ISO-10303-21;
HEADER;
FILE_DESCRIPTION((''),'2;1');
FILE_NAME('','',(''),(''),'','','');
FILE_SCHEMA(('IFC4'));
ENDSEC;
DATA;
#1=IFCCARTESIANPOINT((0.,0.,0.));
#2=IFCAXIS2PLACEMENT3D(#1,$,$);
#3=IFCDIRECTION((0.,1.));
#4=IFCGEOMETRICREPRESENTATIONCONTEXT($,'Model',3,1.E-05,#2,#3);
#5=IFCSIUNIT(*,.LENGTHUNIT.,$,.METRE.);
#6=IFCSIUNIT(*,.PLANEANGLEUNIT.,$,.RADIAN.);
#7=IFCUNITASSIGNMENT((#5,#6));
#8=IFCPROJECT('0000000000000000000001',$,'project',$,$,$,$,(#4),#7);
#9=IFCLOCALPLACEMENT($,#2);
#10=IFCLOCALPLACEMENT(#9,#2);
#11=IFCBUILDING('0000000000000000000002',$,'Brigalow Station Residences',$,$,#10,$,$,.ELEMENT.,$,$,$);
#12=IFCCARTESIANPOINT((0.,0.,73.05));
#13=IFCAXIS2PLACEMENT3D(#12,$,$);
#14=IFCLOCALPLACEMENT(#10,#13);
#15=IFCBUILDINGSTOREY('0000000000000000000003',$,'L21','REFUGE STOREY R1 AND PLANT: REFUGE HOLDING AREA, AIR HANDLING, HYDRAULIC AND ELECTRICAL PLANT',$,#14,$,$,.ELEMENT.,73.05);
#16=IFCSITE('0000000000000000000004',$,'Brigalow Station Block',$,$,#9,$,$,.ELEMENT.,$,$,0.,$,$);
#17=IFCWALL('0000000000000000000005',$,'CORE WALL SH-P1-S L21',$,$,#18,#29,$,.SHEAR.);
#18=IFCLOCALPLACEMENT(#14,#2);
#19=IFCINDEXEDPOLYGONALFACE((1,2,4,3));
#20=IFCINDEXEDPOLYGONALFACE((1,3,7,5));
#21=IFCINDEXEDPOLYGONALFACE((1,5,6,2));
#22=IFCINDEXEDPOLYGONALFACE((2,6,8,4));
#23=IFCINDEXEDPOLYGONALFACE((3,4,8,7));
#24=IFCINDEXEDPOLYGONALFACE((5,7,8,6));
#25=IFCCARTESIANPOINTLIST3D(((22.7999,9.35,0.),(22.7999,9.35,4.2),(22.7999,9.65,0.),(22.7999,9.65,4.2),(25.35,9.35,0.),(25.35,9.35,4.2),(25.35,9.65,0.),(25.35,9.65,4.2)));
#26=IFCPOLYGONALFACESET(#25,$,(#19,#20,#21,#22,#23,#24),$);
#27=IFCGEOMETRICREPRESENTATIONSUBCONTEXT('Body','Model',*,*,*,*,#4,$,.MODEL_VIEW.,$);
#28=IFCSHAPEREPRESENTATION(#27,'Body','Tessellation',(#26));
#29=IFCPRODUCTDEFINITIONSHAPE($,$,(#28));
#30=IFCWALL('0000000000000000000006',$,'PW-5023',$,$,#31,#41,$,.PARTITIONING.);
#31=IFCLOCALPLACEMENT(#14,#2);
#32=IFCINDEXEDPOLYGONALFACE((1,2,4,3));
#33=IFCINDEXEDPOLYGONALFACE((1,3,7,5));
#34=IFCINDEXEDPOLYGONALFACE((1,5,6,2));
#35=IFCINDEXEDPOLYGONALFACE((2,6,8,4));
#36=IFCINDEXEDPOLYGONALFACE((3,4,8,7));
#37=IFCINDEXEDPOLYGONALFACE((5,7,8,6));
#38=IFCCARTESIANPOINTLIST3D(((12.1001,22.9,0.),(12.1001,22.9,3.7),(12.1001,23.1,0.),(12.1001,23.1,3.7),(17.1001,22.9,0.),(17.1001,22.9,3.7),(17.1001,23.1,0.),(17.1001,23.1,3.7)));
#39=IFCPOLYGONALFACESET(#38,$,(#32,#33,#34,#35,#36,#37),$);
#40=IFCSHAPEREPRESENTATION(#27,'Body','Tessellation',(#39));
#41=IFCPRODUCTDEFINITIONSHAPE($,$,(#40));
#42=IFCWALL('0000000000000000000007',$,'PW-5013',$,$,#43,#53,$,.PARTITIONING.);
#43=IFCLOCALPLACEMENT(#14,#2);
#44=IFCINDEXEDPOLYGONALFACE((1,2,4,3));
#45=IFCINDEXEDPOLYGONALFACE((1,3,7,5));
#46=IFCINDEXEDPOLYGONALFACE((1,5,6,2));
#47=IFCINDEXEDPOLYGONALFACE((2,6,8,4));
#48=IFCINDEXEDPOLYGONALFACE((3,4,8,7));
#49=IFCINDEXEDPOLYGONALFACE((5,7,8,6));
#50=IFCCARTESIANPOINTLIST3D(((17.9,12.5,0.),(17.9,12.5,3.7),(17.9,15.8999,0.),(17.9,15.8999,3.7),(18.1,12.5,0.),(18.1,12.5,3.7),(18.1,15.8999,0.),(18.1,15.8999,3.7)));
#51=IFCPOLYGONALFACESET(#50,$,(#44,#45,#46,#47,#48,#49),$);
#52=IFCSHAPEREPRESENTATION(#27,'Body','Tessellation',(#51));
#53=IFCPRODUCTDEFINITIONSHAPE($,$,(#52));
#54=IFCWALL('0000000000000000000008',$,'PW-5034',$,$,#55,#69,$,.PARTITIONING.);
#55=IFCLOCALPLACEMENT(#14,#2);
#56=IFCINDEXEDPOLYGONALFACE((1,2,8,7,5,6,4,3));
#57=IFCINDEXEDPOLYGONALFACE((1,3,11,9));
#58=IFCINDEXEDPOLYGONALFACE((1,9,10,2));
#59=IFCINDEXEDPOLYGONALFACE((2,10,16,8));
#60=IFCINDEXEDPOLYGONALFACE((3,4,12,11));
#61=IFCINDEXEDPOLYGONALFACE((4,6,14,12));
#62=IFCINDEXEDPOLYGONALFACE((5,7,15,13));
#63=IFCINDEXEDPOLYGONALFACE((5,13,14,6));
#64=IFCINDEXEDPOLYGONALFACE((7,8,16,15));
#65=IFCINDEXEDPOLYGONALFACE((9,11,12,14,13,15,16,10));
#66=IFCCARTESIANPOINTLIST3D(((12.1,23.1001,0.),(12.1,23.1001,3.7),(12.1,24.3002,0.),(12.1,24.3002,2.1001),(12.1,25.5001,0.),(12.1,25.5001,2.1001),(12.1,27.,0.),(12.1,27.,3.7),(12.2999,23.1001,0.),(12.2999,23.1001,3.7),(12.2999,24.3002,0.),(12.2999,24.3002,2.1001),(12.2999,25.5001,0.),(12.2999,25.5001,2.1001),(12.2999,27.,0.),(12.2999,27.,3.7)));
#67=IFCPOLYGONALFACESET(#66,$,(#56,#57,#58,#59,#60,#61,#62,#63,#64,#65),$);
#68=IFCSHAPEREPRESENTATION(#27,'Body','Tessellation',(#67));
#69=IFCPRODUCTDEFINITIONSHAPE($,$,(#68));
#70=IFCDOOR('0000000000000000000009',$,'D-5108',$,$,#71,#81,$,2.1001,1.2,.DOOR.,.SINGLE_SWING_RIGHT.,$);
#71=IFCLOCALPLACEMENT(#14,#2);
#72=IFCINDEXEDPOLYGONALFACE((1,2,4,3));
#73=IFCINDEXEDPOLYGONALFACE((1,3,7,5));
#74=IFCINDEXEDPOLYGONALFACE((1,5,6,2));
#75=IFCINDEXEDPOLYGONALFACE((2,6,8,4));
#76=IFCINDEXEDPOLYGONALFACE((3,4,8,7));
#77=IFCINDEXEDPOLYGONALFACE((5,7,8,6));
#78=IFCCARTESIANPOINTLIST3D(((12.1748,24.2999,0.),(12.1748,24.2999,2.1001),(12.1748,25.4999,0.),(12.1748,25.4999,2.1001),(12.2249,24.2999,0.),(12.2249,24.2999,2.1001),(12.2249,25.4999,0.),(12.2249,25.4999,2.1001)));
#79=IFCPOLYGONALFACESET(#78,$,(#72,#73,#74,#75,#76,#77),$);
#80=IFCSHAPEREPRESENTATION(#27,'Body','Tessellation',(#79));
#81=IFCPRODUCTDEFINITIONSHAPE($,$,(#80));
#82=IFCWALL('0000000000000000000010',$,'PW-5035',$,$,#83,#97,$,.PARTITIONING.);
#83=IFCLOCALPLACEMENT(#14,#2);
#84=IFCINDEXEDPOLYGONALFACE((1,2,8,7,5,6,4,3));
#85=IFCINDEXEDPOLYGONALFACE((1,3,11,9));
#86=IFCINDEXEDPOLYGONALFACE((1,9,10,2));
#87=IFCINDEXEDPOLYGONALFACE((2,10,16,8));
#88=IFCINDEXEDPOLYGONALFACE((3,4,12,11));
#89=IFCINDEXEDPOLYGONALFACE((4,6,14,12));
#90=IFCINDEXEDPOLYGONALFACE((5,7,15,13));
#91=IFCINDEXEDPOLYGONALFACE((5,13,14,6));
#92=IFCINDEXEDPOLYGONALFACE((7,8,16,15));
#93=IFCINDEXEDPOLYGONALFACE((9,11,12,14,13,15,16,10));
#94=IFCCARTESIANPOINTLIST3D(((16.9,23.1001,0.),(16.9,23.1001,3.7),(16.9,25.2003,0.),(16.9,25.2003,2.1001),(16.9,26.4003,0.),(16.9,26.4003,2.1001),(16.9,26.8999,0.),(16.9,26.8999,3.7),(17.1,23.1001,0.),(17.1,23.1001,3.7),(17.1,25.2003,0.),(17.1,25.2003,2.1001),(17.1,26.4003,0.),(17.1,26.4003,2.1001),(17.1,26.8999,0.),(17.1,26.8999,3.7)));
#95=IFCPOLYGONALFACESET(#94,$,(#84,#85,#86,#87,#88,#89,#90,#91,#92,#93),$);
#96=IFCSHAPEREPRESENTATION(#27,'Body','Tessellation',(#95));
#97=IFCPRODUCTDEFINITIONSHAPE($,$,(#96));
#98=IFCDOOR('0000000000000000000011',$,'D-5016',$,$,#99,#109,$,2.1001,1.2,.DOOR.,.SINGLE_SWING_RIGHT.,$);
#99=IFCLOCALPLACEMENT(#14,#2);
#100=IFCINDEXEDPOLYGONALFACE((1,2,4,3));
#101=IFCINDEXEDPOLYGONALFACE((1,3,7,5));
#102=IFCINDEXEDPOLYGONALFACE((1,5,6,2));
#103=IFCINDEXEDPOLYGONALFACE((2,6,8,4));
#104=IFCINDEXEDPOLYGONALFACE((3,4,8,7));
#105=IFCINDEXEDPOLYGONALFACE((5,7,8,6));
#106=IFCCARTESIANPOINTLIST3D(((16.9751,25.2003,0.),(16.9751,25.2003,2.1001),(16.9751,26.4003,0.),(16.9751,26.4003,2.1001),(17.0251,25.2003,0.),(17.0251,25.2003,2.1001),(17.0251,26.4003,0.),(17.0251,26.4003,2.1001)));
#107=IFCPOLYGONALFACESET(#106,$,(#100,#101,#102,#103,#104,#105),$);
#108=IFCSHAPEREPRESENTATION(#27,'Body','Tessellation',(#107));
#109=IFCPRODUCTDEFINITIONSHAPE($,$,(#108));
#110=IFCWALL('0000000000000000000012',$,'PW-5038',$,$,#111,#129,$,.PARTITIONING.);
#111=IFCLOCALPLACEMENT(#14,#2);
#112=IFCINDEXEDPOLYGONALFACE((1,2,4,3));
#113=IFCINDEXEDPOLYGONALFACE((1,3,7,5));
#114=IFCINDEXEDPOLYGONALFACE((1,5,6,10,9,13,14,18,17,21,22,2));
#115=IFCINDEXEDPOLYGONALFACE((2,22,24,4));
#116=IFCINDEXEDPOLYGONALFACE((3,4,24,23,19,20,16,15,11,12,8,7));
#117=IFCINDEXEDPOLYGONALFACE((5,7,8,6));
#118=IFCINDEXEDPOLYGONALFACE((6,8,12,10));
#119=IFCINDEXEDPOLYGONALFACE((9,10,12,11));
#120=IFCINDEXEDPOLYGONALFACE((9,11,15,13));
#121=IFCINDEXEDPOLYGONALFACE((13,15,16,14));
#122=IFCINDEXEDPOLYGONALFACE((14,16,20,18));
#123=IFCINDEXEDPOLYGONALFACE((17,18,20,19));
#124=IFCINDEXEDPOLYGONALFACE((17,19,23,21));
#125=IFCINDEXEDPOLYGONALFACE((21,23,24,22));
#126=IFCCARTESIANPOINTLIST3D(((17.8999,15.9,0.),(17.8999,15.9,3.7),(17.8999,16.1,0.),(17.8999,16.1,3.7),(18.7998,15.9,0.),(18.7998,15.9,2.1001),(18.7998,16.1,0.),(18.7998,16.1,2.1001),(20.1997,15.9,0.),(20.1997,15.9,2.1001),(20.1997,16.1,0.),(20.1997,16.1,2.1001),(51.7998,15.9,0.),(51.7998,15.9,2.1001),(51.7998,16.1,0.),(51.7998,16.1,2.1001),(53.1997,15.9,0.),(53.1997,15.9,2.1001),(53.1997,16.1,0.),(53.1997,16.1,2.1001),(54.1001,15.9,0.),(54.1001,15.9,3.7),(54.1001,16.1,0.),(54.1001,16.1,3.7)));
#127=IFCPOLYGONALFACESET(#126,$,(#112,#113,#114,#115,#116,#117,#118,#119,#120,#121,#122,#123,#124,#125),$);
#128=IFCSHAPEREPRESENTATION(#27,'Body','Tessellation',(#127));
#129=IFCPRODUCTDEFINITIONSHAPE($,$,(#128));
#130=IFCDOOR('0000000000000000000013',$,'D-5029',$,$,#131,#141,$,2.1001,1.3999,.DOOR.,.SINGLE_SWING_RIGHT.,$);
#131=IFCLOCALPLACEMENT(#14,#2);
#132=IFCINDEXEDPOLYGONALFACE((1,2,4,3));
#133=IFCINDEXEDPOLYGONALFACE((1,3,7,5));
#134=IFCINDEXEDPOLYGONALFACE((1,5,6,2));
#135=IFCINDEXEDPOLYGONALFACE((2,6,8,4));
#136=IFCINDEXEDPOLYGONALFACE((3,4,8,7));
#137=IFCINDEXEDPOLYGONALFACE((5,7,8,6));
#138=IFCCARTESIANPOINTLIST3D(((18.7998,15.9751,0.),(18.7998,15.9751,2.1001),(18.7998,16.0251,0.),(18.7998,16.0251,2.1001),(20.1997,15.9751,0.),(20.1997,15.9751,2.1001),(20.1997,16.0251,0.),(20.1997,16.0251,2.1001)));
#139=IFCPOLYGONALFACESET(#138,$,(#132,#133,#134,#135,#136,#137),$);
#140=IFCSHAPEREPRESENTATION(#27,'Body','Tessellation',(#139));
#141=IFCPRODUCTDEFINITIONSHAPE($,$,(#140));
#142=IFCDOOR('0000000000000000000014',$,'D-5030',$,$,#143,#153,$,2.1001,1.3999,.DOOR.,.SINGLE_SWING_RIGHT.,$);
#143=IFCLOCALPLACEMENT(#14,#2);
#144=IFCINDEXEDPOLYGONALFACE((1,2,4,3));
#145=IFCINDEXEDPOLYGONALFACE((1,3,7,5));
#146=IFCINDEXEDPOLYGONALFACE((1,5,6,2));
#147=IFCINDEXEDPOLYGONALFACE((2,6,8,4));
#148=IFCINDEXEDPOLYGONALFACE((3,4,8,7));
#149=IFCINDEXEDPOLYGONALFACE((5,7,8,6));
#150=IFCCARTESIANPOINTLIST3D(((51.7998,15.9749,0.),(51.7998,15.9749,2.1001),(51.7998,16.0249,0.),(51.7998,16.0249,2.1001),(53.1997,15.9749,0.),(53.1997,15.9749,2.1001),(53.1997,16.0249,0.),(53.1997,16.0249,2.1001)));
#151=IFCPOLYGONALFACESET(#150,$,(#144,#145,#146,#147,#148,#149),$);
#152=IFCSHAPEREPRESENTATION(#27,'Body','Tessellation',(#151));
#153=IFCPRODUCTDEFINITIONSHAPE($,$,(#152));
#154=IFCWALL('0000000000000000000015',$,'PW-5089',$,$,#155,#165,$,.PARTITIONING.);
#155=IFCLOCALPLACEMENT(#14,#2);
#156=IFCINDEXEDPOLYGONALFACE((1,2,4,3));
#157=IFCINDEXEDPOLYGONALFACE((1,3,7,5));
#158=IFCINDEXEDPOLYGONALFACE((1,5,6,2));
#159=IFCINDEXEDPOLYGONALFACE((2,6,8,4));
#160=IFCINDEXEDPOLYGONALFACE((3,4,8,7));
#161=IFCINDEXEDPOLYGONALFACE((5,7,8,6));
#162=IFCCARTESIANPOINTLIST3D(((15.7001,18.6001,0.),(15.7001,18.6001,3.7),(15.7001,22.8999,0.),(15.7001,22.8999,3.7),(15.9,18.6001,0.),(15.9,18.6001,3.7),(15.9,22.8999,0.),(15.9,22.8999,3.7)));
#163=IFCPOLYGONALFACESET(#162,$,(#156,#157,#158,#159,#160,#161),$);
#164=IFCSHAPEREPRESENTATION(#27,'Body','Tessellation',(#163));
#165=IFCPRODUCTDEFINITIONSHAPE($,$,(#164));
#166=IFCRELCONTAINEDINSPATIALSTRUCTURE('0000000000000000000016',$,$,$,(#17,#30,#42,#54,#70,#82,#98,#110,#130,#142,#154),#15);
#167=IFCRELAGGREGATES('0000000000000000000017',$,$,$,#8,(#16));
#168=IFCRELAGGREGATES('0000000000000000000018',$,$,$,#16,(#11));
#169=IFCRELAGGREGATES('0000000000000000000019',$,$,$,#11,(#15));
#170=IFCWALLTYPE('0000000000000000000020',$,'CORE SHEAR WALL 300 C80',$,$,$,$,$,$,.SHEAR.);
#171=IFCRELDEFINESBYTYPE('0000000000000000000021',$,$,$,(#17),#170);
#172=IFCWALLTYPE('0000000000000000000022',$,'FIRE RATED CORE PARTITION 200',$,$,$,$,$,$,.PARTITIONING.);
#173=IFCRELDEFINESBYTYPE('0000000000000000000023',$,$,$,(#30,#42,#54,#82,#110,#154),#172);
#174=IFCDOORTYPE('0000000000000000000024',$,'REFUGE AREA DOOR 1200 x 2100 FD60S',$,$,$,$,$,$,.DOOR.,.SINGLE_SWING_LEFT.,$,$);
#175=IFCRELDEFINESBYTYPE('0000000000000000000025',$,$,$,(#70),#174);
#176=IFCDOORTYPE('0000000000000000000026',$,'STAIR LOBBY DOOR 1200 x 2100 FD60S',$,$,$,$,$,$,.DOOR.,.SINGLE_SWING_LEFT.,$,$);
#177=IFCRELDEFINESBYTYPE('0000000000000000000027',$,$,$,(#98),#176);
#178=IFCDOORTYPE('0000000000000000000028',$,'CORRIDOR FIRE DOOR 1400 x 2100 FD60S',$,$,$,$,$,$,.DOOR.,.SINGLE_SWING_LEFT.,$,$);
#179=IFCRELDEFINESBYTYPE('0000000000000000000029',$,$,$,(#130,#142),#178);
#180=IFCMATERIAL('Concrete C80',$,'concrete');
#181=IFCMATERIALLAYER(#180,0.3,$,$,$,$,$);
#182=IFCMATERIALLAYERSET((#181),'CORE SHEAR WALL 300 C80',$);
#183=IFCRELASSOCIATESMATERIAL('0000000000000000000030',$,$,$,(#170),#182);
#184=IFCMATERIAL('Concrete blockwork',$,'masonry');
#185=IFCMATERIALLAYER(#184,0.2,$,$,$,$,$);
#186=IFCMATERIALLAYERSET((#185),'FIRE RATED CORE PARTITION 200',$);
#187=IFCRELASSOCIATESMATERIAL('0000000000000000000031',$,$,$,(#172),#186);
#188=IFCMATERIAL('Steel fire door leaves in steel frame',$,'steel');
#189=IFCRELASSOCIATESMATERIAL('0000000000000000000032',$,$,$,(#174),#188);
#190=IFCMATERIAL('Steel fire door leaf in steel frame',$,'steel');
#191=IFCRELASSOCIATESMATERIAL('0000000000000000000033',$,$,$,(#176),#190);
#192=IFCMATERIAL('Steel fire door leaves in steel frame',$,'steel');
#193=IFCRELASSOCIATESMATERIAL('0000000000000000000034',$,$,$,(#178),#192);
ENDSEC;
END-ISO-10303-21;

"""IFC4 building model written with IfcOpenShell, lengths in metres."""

from ifc_helpers import new_model, si_unit, direction, frame, frame_2d, origin, place, context, subcontext, project, spatial, rectangle, extrude, material, layer, layer_set, type_object, element, fill, save


model = new_model("IFC4")

# Units and contexts
model_context = context("Model", 3, precision=1e-05, world=origin(), true_north=direction((0.0, 1.0)))
body_context = subcontext(model_context, "Body", "Model", "MODEL_VIEW")
ifc_project = project(units=[si_unit("LENGTHUNIT", "METRE"), si_unit("PLANEANGLEUNIT", "RADIAN")], contexts=[model_context])

# Site, building, storey
site_placement = place(None, origin())
site = spatial("IfcSite", under=ifc_project, at=site_placement, Name="Brigalow Station Block", CompositionType="ELEMENT", RefElevation=0.0)
building_placement = place(site_placement, origin())
building = spatial("IfcBuilding", under=site, at=building_placement, Name="Brigalow Station Residences", CompositionType="ELEMENT")
storey_placement = place(building_placement, frame((0.0, 0.0, 73.05)))
storey = spatial("IfcBuildingStorey", under=building, at=storey_placement, Name="L21", Description="REFUGE STOREY R1 AND PLANT: REFUGE HOLDING AREA, AIR HANDLING, HYDRAULIC AND ELECTRICAL PLANT", CompositionType="ELEMENT", Elevation=73.05)

# Wall
ifc_material_1 = material(Name="Concrete C80", Category="concrete")
ifc_layer_1 = layer(ifc_material_1, 0.3)
ifc_layer_set_1 = layer_set([ifc_layer_1], Name="CORE SHEAR WALL 300 C80")
wall_type_1 = type_object("IfcWallType", Name="CORE SHEAR WALL 300 C80", PredefinedType="SHEAR", material=ifc_layer_set_1)
wall_1_placement = place(storey_placement, frame((22.8, 9.5, 0.0), z_axis=(0.0, 0.0, 1.0), x_axis=(1.0, 0.0, 0.0)))
element("IfcWall", 1, at=wall_1_placement, inside=storey, type_object=wall_type_1, Name="CORE WALL SH-P1-S L21", PredefinedType="SHEAR", context=body_context, shape_type="SweptSolid", body=[
    extrude(rectangle(XDim=2.55, YDim=0.3, at=frame_2d((1.2749, 0.0))), origin(), (0.0, 0.0, 1.0), 4.2),
])

# Walls
ifc_material_2 = material(Name="Concrete blockwork", Category="masonry")
ifc_layer_2 = layer(ifc_material_2, 0.2)
ifc_layer_set_2 = layer_set([ifc_layer_2], Name="FIRE RATED CORE PARTITION 200")
wall_type_2 = type_object("IfcWallType", Name="FIRE RATED CORE PARTITION 200", PredefinedType="PARTITIONING", material=ifc_layer_set_2)
wall_2_placement = place(storey_placement, frame((12.1001, 23.0, 0.0), z_axis=(0.0, 0.0, 1.0), x_axis=(1.0, 0.0, 0.0)))
element("IfcWall", 2, at=wall_2_placement, inside=storey, type_object=wall_type_2, Name="PW-5023", PredefinedType="PARTITIONING", context=body_context, shape_type="SweptSolid", body=[
    extrude(rectangle(XDim=5.0, YDim=0.2, at=frame_2d((2.5, 0.0))), origin(), (0.0, 0.0, 1.0), 3.7),
])
wall_3_placement = place(storey_placement, frame((18.0, 12.5, 0.0), z_axis=(0.0, 0.0, 1.0), x_axis=(0.0, 1.0, 0.0)))
element("IfcWall", 3, at=wall_3_placement, inside=storey, type_object=wall_type_2, Name="PW-5013", PredefinedType="PARTITIONING", context=body_context, shape_type="SweptSolid", body=[
    extrude(rectangle(XDim=3.3999, YDim=0.2, at=frame_2d((1.7, 0.0))), origin(), (0.0, 0.0, 1.0), 3.7),
])

# Walls, openings, doors
wall_4_placement = place(storey_placement, frame((12.2, 23.1001, 0.0), z_axis=(0.0, 0.0, 1.0), x_axis=(0.0, 1.0, 0.0)))
wall_4 = element("IfcWall", 4, at=wall_4_placement, inside=storey, type_object=wall_type_2, Name="PW-5034", PredefinedType="PARTITIONING", context=body_context, shape_type="SweptSolid", body=[
    extrude(rectangle(XDim=3.8999, YDim=0.2, at=frame_2d((1.95, 0.0))), origin(), (0.0, 0.0, 1.0), 3.7),
])
opening_1_placement = place(wall_4_placement, frame((1.2, 0.0, 0.0)))
opening_1 = element("IfcOpeningElement", 5, at=opening_1_placement, cuts=wall_4, PredefinedType="OPENING", context=body_context, shape_type="SweptSolid", body=[
    extrude(rectangle(XDim=1.2, YDim=2.1001, at=frame_2d((0.6001, 1.05))), frame((0.0, 0.1099, 0.0), z_axis=(0.0, -1.0, 0.0), x_axis=(1.0, 0.0, 0.0)), (0.0, 0.0, 1.0), 0.22),
])
ifc_material_3 = material(Name="Steel fire door leaves in steel frame", Category="steel")
door_type_1 = type_object("IfcDoorType", Name="REFUGE AREA DOOR 1200 x 2100 FD60S", OperationType="SINGLE_SWING_LEFT", PredefinedType="DOOR", material=ifc_material_3)
door_1_placement = place(opening_1_placement, frame((1.2, 0.0, 0.0), z_axis=(0.0, 0.0, 1.0), x_axis=(-1.0, 0.0, 0.0)))
door_1 = element("IfcDoor", 6, at=door_1_placement, inside=storey, type_object=door_type_1, Name="D-5108", OperationType="SINGLE_SWING_RIGHT", OverallHeight=2.1001, OverallWidth=1.2, PredefinedType="DOOR", context=body_context, shape_type="SweptSolid", body=[
    extrude(rectangle(XDim=1.2, YDim=2.1001, at=frame_2d((0.6001, 1.05))), frame((0.0, 0.0249, 0.0), z_axis=(0.0, -1.0, 0.0), x_axis=(1.0, 0.0, 0.0)), (0.0, 0.0, 1.0), 0.05),
])
fill(opening_1, door_1)
wall_5_placement = place(storey_placement, frame((17.0, 23.1001, 0.0), z_axis=(0.0, 0.0, 1.0), x_axis=(0.0, 1.0, 0.0)))
wall_5 = element("IfcWall", 7, at=wall_5_placement, inside=storey, type_object=wall_type_2, Name="PW-5035", PredefinedType="PARTITIONING", context=body_context, shape_type="SweptSolid", body=[
    extrude(rectangle(XDim=3.7998, YDim=0.2, at=frame_2d((1.8999, 0.0))), origin(), (0.0, 0.0, 1.0), 3.7),
])
opening_2_placement = place(wall_5_placement, frame((2.1001, 0.0, 0.0)))
opening_2 = element("IfcOpeningElement", 8, at=opening_2_placement, cuts=wall_5, PredefinedType="OPENING", context=body_context, shape_type="SweptSolid", body=[
    extrude(rectangle(XDim=1.2, YDim=2.1001, at=frame_2d((0.6001, 1.05))), frame((0.0, 0.1099, 0.0), z_axis=(0.0, -1.0, 0.0), x_axis=(1.0, 0.0, 0.0)), (0.0, 0.0, 1.0), 0.22),
])
ifc_material_4 = material(Name="Steel fire door leaf in steel frame", Category="steel")
door_type_2 = type_object("IfcDoorType", Name="STAIR LOBBY DOOR 1200 x 2100 FD60S", OperationType="SINGLE_SWING_LEFT", PredefinedType="DOOR", material=ifc_material_4)
door_2_placement = place(opening_2_placement, origin())
door_2 = element("IfcDoor", 9, at=door_2_placement, inside=storey, type_object=door_type_2, Name="D-5016", OperationType="SINGLE_SWING_RIGHT", OverallHeight=2.1001, OverallWidth=1.2, PredefinedType="DOOR", context=body_context, shape_type="SweptSolid", body=[
    extrude(rectangle(XDim=1.2, YDim=2.1001, at=frame_2d((0.6001, 1.05))), frame((0.0, 0.0249, 0.0), z_axis=(0.0, -1.0, 0.0), x_axis=(1.0, 0.0, 0.0)), (0.0, 0.0, 1.0), 0.05),
])
fill(opening_2, door_2)

# Wall, openings, doors
wall_6_placement = place(storey_placement, frame((17.8999, 16.0, 0.0), z_axis=(0.0, 0.0, 1.0), x_axis=(1.0, 0.0, 0.0)))
wall_6 = element("IfcWall", 10, at=wall_6_placement, inside=storey, type_object=wall_type_2, Name="PW-5038", PredefinedType="PARTITIONING", context=body_context, shape_type="SweptSolid", body=[
    extrude(rectangle(XDim=36.2002, YDim=0.2, at=frame_2d((18.1001, 0.0))), origin(), (0.0, 0.0, 1.0), 3.7),
])
opening_3_placement = place(wall_6_placement, frame((0.8999, 0.0, 0.0)))
opening_3 = element("IfcOpeningElement", 11, at=opening_3_placement, cuts=wall_6, PredefinedType="OPENING", context=body_context, shape_type="SweptSolid", body=[
    extrude(rectangle(XDim=1.3999, YDim=2.1001, at=frame_2d((0.7, 1.05))), frame((0.0, 0.1099, 0.0), z_axis=(0.0, -1.0, 0.0), x_axis=(1.0, 0.0, 0.0)), (0.0, 0.0, 1.0), 0.22),
])
opening_4_placement = place(wall_6_placement, frame((33.8999, 0.0, 0.0)))
opening_4 = element("IfcOpeningElement", 12, at=opening_4_placement, cuts=wall_6, PredefinedType="OPENING", context=body_context, shape_type="SweptSolid", body=[
    extrude(rectangle(XDim=1.3999, YDim=2.1001, at=frame_2d((0.7, 1.05))), frame((0.0, 0.1099, 0.0), z_axis=(0.0, -1.0, 0.0), x_axis=(1.0, 0.0, 0.0)), (0.0, 0.0, 1.0), 0.22),
])
ifc_material_5 = material(Name="Steel fire door leaves in steel frame", Category="steel")
door_type_3 = type_object("IfcDoorType", Name="CORRIDOR FIRE DOOR 1400 x 2100 FD60S", OperationType="SINGLE_SWING_LEFT", PredefinedType="DOOR", material=ifc_material_5)
door_3_placement = place(opening_3_placement, frame((1.3999, 0.0, 0.0), z_axis=(0.0, 0.0, 1.0), x_axis=(-1.0, 0.0, 0.0)))
door_3 = element("IfcDoor", 13, at=door_3_placement, inside=storey, type_object=door_type_3, Name="D-5029", OperationType="SINGLE_SWING_RIGHT", OverallHeight=2.1001, OverallWidth=1.3999, PredefinedType="DOOR", context=body_context, shape_type="SweptSolid", body=[
    extrude(rectangle(XDim=1.3999, YDim=2.1001, at=frame_2d((0.7, 1.05))), frame((0.0, 0.0249, 0.0), z_axis=(0.0, -1.0, 0.0), x_axis=(1.0, 0.0, 0.0)), (0.0, 0.0, 1.0), 0.05),
])
fill(opening_3, door_3)
door_4_placement = place(opening_4_placement, origin())
door_4 = element("IfcDoor", 14, at=door_4_placement, inside=storey, type_object=door_type_3, Name="D-5030", OperationType="SINGLE_SWING_RIGHT", OverallHeight=2.1001, OverallWidth=1.3999, PredefinedType="DOOR", context=body_context, shape_type="SweptSolid", body=[
    extrude(rectangle(XDim=1.3999, YDim=2.1001, at=frame_2d((0.7, 1.05))), frame((0.0, 0.0249, 0.0), z_axis=(0.0, -1.0, 0.0), x_axis=(1.0, 0.0, 0.0)), (0.0, 0.0, 1.0), 0.05),
])
fill(opening_4, door_4)

# Wall
wall_7_placement = place(storey_placement, frame((15.8, 18.6001, 0.0), z_axis=(0.0, 0.0, 1.0), x_axis=(0.0, 1.0, 0.0)))
element("IfcWall", 15, at=wall_7_placement, inside=storey, type_object=wall_type_2, Name="PW-5089", PredefinedType="PARTITIONING", context=body_context, shape_type="SweptSolid", body=[
    extrude(rectangle(XDim=4.2998, YDim=0.2, at=frame_2d((2.1499, 0.0))), origin(), (0.0, 0.0, 1.0), 3.7),
])

save(model, "model.ifc")
